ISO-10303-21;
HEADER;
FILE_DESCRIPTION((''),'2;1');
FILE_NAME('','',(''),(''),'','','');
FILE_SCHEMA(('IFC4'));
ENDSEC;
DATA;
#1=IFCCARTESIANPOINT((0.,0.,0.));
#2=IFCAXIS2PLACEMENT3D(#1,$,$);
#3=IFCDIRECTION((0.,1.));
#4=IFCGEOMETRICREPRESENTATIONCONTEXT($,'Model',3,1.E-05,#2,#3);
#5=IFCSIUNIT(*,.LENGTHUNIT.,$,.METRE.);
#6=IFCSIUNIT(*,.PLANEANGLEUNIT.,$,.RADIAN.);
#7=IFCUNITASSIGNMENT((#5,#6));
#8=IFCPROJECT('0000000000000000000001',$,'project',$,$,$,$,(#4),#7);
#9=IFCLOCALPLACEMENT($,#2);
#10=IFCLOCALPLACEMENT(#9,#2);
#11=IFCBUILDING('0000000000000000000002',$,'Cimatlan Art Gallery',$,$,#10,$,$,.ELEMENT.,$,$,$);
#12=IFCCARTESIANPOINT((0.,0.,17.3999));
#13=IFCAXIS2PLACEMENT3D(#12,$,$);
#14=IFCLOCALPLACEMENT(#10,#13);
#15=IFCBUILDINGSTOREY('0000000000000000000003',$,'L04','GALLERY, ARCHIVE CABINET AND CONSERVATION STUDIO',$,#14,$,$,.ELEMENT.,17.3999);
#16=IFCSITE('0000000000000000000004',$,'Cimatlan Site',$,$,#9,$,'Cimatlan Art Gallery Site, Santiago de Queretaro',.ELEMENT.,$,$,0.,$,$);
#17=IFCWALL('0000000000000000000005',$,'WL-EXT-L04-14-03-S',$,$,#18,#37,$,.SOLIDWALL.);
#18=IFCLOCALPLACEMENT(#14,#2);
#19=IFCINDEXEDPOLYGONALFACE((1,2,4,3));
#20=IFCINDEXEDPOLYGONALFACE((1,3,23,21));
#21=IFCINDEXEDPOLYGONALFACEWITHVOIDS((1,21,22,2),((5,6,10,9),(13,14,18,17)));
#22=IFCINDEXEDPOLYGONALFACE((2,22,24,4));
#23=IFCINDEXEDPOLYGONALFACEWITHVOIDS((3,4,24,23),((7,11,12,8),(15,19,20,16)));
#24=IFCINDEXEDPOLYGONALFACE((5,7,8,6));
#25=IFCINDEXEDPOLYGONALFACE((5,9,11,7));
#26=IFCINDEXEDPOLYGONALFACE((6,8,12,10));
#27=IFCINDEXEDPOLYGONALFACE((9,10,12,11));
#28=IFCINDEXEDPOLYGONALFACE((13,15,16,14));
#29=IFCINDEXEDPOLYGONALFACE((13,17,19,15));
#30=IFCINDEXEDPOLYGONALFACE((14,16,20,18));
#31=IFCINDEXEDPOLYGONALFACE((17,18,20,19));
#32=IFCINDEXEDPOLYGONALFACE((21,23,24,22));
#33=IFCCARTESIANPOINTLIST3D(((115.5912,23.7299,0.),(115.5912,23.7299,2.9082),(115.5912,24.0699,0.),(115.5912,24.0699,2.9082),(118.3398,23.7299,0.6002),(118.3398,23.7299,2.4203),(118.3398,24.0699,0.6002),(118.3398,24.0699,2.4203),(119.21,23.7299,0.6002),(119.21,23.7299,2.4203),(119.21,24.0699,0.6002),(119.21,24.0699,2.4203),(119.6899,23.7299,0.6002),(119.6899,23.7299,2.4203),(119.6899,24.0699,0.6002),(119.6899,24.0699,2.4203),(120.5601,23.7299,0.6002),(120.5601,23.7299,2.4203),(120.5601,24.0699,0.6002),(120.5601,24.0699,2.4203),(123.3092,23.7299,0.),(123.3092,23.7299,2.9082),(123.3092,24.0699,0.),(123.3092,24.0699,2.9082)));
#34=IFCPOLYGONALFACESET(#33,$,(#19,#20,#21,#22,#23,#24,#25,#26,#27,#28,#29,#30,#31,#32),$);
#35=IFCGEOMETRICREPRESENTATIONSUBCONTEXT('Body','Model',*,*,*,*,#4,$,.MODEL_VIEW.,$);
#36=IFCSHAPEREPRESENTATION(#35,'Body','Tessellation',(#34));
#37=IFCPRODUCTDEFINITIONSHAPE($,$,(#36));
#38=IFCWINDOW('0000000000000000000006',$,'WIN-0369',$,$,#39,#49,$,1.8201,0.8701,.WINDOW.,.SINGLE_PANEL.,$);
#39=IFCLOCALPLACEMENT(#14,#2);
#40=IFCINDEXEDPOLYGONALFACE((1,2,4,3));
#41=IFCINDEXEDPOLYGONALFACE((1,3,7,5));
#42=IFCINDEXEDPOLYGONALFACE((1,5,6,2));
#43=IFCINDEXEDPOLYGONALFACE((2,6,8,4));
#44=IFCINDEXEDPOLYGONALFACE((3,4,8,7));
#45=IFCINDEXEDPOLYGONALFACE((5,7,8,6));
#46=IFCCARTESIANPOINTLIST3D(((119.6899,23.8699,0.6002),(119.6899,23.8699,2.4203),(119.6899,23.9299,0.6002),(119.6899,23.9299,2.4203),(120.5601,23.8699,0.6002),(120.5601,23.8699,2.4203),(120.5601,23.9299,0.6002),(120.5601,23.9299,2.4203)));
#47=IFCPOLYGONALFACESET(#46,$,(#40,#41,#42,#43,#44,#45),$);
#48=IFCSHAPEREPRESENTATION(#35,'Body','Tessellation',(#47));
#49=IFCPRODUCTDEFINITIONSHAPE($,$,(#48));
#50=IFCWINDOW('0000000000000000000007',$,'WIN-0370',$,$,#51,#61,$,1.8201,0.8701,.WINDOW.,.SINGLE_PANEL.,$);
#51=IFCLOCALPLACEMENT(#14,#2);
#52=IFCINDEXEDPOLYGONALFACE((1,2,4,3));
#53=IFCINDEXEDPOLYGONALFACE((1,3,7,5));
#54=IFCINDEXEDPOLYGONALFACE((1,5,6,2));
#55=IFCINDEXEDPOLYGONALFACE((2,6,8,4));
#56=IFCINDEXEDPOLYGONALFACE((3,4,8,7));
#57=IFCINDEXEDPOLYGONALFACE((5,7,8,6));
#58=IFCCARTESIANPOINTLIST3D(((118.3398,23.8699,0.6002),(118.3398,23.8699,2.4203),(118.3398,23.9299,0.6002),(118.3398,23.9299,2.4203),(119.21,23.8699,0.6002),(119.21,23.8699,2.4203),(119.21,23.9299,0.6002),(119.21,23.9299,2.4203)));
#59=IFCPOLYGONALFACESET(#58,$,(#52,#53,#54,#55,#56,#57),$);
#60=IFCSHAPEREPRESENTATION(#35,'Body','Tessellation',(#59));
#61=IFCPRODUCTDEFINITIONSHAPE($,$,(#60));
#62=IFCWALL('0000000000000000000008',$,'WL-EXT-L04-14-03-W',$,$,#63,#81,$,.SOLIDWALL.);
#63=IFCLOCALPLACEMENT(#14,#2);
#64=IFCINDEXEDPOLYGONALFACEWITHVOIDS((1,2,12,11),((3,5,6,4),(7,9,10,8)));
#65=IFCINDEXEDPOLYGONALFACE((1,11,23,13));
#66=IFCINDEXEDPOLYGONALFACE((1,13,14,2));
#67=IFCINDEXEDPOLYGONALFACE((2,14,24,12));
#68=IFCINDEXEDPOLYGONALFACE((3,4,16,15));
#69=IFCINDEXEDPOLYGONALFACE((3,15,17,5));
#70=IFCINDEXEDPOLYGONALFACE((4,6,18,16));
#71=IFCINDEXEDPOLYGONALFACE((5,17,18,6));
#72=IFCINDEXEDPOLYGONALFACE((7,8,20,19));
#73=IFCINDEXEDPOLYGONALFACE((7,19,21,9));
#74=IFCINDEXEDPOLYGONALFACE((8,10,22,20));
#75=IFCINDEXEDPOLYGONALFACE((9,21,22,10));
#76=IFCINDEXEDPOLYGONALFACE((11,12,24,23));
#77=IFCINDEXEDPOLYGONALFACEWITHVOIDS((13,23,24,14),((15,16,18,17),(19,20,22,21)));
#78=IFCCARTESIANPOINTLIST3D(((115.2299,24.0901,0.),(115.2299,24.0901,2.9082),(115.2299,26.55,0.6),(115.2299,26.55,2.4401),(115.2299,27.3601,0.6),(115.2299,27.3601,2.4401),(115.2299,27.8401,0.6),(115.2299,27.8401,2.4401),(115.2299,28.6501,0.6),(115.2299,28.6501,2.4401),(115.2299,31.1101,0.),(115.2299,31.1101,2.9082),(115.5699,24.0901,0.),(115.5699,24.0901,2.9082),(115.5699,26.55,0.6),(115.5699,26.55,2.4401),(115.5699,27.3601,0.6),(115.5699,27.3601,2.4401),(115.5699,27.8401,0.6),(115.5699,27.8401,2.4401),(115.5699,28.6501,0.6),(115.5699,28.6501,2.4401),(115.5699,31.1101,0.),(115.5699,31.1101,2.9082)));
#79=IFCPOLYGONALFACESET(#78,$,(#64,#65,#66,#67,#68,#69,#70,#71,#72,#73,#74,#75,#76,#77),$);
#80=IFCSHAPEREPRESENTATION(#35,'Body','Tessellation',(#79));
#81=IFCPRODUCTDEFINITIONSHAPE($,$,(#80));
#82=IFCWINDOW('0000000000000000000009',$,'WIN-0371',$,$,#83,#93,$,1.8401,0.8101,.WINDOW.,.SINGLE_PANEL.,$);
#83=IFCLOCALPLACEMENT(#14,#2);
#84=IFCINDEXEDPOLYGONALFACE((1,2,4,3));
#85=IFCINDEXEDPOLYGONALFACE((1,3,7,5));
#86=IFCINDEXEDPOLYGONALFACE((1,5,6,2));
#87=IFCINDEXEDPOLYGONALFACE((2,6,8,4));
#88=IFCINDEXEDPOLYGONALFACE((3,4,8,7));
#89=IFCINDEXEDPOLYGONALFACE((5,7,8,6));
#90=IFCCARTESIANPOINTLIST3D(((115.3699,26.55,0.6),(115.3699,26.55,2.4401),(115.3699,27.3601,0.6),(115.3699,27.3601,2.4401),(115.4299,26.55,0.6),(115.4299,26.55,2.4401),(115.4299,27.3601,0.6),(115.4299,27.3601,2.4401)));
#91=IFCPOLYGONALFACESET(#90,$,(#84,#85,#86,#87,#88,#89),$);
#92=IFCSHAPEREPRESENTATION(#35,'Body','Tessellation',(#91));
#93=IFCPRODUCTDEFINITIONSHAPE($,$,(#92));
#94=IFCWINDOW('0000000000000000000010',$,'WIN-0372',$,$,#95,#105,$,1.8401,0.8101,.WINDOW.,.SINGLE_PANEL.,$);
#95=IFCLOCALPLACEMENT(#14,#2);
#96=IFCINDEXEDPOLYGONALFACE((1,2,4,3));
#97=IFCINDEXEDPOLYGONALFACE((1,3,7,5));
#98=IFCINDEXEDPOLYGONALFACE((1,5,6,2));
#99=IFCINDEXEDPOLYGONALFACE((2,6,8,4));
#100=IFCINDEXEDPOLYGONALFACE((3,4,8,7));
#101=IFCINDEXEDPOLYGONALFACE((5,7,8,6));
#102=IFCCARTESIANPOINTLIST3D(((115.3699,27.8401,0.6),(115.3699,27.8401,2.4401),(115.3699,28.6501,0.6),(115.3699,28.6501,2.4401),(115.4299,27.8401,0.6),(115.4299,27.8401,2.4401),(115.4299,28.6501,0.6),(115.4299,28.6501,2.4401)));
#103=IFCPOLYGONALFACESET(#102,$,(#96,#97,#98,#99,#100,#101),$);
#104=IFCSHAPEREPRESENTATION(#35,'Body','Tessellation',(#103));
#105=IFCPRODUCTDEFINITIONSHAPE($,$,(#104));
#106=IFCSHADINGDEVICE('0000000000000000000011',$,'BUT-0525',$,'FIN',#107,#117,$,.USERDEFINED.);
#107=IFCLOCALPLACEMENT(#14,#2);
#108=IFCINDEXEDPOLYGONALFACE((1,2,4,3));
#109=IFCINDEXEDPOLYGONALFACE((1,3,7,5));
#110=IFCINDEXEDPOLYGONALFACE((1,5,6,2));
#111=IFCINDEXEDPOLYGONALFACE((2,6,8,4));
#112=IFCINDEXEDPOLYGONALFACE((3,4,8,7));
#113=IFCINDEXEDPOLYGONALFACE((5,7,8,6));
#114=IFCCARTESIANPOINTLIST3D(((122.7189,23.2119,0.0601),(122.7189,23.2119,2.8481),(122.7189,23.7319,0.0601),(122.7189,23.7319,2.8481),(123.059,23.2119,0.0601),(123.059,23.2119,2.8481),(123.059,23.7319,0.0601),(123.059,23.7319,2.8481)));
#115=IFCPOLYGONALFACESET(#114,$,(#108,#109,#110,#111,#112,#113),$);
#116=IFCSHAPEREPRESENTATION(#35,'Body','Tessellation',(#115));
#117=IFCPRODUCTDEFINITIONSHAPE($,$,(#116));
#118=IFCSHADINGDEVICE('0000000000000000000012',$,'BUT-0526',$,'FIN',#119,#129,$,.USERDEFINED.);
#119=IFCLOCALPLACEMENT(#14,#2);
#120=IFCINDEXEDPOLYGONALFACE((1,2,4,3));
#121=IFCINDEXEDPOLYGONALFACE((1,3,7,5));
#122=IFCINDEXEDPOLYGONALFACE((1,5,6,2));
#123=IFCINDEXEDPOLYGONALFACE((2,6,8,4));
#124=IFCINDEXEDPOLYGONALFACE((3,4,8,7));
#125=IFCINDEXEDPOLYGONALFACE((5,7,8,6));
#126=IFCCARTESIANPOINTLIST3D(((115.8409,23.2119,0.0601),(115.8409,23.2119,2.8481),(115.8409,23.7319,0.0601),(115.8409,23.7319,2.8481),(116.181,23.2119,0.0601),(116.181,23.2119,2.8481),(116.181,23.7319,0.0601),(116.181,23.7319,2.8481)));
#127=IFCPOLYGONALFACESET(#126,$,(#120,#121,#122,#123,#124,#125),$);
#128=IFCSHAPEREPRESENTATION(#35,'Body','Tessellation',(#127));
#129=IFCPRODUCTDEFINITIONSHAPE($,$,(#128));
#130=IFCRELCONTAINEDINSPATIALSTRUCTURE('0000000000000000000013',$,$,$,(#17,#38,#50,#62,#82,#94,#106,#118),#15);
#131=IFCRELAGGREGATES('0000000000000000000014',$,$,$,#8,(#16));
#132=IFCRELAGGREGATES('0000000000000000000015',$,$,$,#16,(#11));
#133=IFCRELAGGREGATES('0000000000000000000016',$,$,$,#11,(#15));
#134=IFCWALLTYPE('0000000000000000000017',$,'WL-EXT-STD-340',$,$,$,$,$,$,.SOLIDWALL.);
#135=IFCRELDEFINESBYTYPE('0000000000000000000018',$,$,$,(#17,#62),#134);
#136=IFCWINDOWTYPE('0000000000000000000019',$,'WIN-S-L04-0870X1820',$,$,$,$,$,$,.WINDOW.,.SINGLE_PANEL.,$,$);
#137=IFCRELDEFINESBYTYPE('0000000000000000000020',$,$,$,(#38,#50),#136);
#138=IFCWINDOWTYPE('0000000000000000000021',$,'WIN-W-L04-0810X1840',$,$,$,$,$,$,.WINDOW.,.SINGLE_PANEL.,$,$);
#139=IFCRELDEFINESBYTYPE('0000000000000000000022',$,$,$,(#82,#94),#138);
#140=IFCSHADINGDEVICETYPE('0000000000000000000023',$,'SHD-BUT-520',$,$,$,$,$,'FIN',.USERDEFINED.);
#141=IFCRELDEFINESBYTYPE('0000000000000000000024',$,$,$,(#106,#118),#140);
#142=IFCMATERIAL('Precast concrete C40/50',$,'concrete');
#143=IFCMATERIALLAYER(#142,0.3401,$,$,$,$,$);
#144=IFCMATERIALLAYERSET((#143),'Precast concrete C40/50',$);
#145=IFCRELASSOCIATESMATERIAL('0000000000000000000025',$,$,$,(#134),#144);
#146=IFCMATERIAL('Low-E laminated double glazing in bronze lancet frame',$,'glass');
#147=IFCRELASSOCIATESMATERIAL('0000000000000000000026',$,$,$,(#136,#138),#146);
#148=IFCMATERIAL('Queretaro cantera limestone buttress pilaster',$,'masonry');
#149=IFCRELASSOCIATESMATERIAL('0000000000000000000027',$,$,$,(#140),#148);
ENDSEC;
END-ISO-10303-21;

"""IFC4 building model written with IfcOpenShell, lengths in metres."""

from ifc_helpers import new_model, si_unit, direction, frame, frame_2d, origin, origin_2d, place, context, subcontext, project, spatial, rectangle, extrude, material, layer, layer_set, type_object, element, fill, save


model = new_model("IFC4")

# Units and contexts
model_context = context("Model", 3, precision=1e-05, world=origin(), true_north=direction((0.0, 1.0)))
body_context = subcontext(model_context, "Body", "Model", "MODEL_VIEW")
ifc_project = project(units=[si_unit("LENGTHUNIT", "METRE"), si_unit("PLANEANGLEUNIT", "RADIAN")], contexts=[model_context])

# Site, building, storey
site_placement = place(None, origin())
site = spatial("IfcSite", under=ifc_project, at=site_placement, Name="Cimatlan Site", LongName="Cimatlan Art Gallery Site, Santiago de Queretaro", CompositionType="ELEMENT", RefElevation=0.0)
building_placement = place(site_placement, origin())
building = spatial("IfcBuilding", under=site, at=building_placement, Name="Cimatlan Art Gallery", CompositionType="ELEMENT")
storey_placement = place(building_placement, frame((0.0, 0.0, 17.3999)))
storey = spatial("IfcBuildingStorey", under=building, at=storey_placement, Name="L04", Description="GALLERY, ARCHIVE CABINET AND CONSERVATION STUDIO", CompositionType="ELEMENT", Elevation=17.3999)

# Walls, openings, windows
ifc_material_1 = material(Name="Precast concrete C40/50", Category="concrete")
ifc_layer_1 = layer(ifc_material_1, 0.3401)
ifc_layer_set_1 = layer_set([ifc_layer_1], Name="Precast concrete C40/50")
wall_type_1 = type_object("IfcWallType", Name="WL-EXT-STD-340", PredefinedType="SOLIDWALL", material=ifc_layer_set_1)
wall_1_placement = place(storey_placement, frame((123.3091, 23.8999, 0.0), z_axis=(0.0, 0.0, 1.0), x_axis=(-1.0, 0.0, 0.0)))
wall_1 = element("IfcWall", 1, at=wall_1_placement, inside=storey, type_object=wall_type_1, Name="WL-EXT-L04-14-03-S", PredefinedType="SOLIDWALL", context=body_context, shape_type="SweptSolid", body=[
    extrude(rectangle(XDim=7.718, YDim=0.3401, at=frame_2d((3.8589, 0.0))), origin(), (0.0, 0.0, 1.0), 2.9082),
])
opening_1_placement = place(wall_1_placement, frame((2.749, 0.0, 0.6001)))
opening_1 = element("IfcOpeningElement", 2, at=opening_1_placement, cuts=wall_1, PredefinedType="OPENING", context=body_context, shape_type="SweptSolid", body=[
    extrude(rectangle(XDim=0.8701, YDim=1.8201, at=frame_2d((0.4351, 0.9102))), frame((0.0, 0.1802, 0.0), z_axis=(0.0, -1.0, 0.0), x_axis=(1.0, 0.0, 0.0)), (0.0, 0.0, 1.0), 0.3601),
])
opening_2_placement = place(wall_1_placement, frame((4.0991, 0.0, 0.6001)))
opening_2 = element("IfcOpeningElement", 3, at=opening_2_placement, cuts=wall_1, PredefinedType="OPENING", context=body_context, shape_type="SweptSolid", body=[
    extrude(rectangle(XDim=0.8701, YDim=1.8201, at=frame_2d((0.4351, 0.9102))), frame((0.0, 0.1802, 0.0), z_axis=(0.0, -1.0, 0.0), x_axis=(1.0, 0.0, 0.0)), (0.0, 0.0, 1.0), 0.3601),
])
ifc_material_2 = material(Name="Low-E laminated double glazing in bronze lancet frame", Category="glass")
window_type_1 = type_object("IfcWindowType", Name="WIN-S-L04-0870X1820", PartitioningType="SINGLE_PANEL", PredefinedType="WINDOW", material=ifc_material_2)
window_1_placement = place(opening_1_placement, origin())
window_1 = element("IfcWindow", 4, at=window_1_placement, inside=storey, type_object=window_type_1, Name="WIN-0369", OverallHeight=1.8201, OverallWidth=0.8701, PartitioningType="SINGLE_PANEL", PredefinedType="WINDOW", context=body_context, shape_type="SweptSolid", body=[
    extrude(rectangle(XDim=0.8701, YDim=1.8201, at=frame_2d((0.4351, 0.9102))), frame((0.0, 0.03, 0.0), z_axis=(0.0, -1.0, 0.0), x_axis=(1.0, 0.0, 0.0)), (0.0, 0.0, 1.0), 0.0601),
])
fill(opening_1, window_1)
window_2_placement = place(opening_2_placement, origin())
window_2 = element("IfcWindow", 5, at=window_2_placement, inside=storey, type_object=window_type_1, Name="WIN-0370", OverallHeight=1.8201, OverallWidth=0.8701, PartitioningType="SINGLE_PANEL", PredefinedType="WINDOW", context=body_context, shape_type="SweptSolid", body=[
    extrude(rectangle(XDim=0.8701, YDim=1.8201, at=frame_2d((0.4351, 0.9102))), frame((0.0, 0.03, 0.0), z_axis=(0.0, -1.0, 0.0), x_axis=(1.0, 0.0, 0.0)), (0.0, 0.0, 1.0), 0.0601),
])
fill(opening_2, window_2)
wall_2_placement = place(storey_placement, frame((115.3999, 24.0901, 0.0), z_axis=(0.0, 0.0, 1.0), x_axis=(0.0, 1.0, 0.0)))
wall_2 = element("IfcWall", 6, at=wall_2_placement, inside=storey, type_object=wall_type_1, Name="WL-EXT-L04-14-03-W", PredefinedType="SOLIDWALL", context=body_context, shape_type="SweptSolid", body=[
    extrude(rectangle(XDim=7.02, YDim=0.3401, at=frame_2d((3.51, 0.0))), origin(), (0.0, 0.0, 1.0), 2.9082),
])
opening_3_placement = place(wall_2_placement, frame((2.46, 0.0, 0.6001)))
opening_3 = element("IfcOpeningElement", 7, at=opening_3_placement, cuts=wall_2, PredefinedType="OPENING", context=body_context, shape_type="SweptSolid", body=[
    extrude(rectangle(XDim=0.8101, YDim=1.8401, at=frame_2d((0.405, 0.9199))), frame((0.0, 0.1802, 0.0), z_axis=(0.0, -1.0, 0.0), x_axis=(1.0, 0.0, 0.0)), (0.0, 0.0, 1.0), 0.3601),
])
opening_4_placement = place(wall_2_placement, frame((3.75, 0.0, 0.6001)))
opening_4 = element("IfcOpeningElement", 8, at=opening_4_placement, cuts=wall_2, PredefinedType="OPENING", context=body_context, shape_type="SweptSolid", body=[
    extrude(rectangle(XDim=0.8101, YDim=1.8401, at=frame_2d((0.405, 0.9199))), frame((0.0, 0.1802, 0.0), z_axis=(0.0, -1.0, 0.0), x_axis=(1.0, 0.0, 0.0)), (0.0, 0.0, 1.0), 0.3601),
])
window_type_2 = type_object("IfcWindowType", Name="WIN-W-L04-0810X1840", PartitioningType="SINGLE_PANEL", PredefinedType="WINDOW", material=ifc_material_2)
window_3_placement = place(opening_3_placement, origin())
window_3 = element("IfcWindow", 9, at=window_3_placement, inside=storey, type_object=window_type_2, Name="WIN-0371", OverallHeight=1.8401, OverallWidth=0.8101, PartitioningType="SINGLE_PANEL", PredefinedType="WINDOW", context=body_context, shape_type="SweptSolid", body=[
    extrude(rectangle(XDim=0.8101, YDim=1.8401, at=frame_2d((0.405, 0.9199))), frame((0.0, 0.03, 0.0), z_axis=(0.0, -1.0, 0.0), x_axis=(1.0, 0.0, 0.0)), (0.0, 0.0, 1.0), 0.0601),
])
fill(opening_3, window_3)
window_4_placement = place(opening_4_placement, origin())
window_4 = element("IfcWindow", 10, at=window_4_placement, inside=storey, type_object=window_type_2, Name="WIN-0372", OverallHeight=1.8401, OverallWidth=0.8101, PartitioningType="SINGLE_PANEL", PredefinedType="WINDOW", context=body_context, shape_type="SweptSolid", body=[
    extrude(rectangle(XDim=0.8101, YDim=1.8401, at=frame_2d((0.405, 0.9199))), frame((0.0, 0.03, 0.0), z_axis=(0.0, -1.0, 0.0), x_axis=(1.0, 0.0, 0.0)), (0.0, 0.0, 1.0), 0.0601),
])
fill(opening_4, window_4)

# Shading devices
ifc_material_3 = material(Name="Queretaro cantera limestone buttress pilaster", Category="masonry")
shading_device_type = type_object("IfcShadingDeviceType", Name="SHD-BUT-520", ElementType="FIN", PredefinedType="USERDEFINED", material=ifc_material_3)
for number, where, z_axis, x_axis, name in (
    (11, (122.8889, 23.4719, 0.0601), (0.0, 0.0, 1.0), (-1.0, 0.0, 0.0), "BUT-0525"),
    (12, (116.011, 23.4719, 0.0601), (0.0, 0.0, 1.0), (-1.0, 0.0, 0.0), "BUT-0526"),
):
    element("IfcShadingDevice", number, at=place(storey_placement, frame(where, z_axis=z_axis, x_axis=x_axis)), inside=storey, type_object=shading_device_type, Name=name, ObjectType="FIN", PredefinedType="USERDEFINED", context=body_context, shape_type="SweptSolid", body=[
        extrude(rectangle(XDim=0.3401, YDim=0.52, at=origin_2d()), origin(), (0.0, 0.0, 1.0), 2.7881),
    ])

save(model, "model.ifc")
